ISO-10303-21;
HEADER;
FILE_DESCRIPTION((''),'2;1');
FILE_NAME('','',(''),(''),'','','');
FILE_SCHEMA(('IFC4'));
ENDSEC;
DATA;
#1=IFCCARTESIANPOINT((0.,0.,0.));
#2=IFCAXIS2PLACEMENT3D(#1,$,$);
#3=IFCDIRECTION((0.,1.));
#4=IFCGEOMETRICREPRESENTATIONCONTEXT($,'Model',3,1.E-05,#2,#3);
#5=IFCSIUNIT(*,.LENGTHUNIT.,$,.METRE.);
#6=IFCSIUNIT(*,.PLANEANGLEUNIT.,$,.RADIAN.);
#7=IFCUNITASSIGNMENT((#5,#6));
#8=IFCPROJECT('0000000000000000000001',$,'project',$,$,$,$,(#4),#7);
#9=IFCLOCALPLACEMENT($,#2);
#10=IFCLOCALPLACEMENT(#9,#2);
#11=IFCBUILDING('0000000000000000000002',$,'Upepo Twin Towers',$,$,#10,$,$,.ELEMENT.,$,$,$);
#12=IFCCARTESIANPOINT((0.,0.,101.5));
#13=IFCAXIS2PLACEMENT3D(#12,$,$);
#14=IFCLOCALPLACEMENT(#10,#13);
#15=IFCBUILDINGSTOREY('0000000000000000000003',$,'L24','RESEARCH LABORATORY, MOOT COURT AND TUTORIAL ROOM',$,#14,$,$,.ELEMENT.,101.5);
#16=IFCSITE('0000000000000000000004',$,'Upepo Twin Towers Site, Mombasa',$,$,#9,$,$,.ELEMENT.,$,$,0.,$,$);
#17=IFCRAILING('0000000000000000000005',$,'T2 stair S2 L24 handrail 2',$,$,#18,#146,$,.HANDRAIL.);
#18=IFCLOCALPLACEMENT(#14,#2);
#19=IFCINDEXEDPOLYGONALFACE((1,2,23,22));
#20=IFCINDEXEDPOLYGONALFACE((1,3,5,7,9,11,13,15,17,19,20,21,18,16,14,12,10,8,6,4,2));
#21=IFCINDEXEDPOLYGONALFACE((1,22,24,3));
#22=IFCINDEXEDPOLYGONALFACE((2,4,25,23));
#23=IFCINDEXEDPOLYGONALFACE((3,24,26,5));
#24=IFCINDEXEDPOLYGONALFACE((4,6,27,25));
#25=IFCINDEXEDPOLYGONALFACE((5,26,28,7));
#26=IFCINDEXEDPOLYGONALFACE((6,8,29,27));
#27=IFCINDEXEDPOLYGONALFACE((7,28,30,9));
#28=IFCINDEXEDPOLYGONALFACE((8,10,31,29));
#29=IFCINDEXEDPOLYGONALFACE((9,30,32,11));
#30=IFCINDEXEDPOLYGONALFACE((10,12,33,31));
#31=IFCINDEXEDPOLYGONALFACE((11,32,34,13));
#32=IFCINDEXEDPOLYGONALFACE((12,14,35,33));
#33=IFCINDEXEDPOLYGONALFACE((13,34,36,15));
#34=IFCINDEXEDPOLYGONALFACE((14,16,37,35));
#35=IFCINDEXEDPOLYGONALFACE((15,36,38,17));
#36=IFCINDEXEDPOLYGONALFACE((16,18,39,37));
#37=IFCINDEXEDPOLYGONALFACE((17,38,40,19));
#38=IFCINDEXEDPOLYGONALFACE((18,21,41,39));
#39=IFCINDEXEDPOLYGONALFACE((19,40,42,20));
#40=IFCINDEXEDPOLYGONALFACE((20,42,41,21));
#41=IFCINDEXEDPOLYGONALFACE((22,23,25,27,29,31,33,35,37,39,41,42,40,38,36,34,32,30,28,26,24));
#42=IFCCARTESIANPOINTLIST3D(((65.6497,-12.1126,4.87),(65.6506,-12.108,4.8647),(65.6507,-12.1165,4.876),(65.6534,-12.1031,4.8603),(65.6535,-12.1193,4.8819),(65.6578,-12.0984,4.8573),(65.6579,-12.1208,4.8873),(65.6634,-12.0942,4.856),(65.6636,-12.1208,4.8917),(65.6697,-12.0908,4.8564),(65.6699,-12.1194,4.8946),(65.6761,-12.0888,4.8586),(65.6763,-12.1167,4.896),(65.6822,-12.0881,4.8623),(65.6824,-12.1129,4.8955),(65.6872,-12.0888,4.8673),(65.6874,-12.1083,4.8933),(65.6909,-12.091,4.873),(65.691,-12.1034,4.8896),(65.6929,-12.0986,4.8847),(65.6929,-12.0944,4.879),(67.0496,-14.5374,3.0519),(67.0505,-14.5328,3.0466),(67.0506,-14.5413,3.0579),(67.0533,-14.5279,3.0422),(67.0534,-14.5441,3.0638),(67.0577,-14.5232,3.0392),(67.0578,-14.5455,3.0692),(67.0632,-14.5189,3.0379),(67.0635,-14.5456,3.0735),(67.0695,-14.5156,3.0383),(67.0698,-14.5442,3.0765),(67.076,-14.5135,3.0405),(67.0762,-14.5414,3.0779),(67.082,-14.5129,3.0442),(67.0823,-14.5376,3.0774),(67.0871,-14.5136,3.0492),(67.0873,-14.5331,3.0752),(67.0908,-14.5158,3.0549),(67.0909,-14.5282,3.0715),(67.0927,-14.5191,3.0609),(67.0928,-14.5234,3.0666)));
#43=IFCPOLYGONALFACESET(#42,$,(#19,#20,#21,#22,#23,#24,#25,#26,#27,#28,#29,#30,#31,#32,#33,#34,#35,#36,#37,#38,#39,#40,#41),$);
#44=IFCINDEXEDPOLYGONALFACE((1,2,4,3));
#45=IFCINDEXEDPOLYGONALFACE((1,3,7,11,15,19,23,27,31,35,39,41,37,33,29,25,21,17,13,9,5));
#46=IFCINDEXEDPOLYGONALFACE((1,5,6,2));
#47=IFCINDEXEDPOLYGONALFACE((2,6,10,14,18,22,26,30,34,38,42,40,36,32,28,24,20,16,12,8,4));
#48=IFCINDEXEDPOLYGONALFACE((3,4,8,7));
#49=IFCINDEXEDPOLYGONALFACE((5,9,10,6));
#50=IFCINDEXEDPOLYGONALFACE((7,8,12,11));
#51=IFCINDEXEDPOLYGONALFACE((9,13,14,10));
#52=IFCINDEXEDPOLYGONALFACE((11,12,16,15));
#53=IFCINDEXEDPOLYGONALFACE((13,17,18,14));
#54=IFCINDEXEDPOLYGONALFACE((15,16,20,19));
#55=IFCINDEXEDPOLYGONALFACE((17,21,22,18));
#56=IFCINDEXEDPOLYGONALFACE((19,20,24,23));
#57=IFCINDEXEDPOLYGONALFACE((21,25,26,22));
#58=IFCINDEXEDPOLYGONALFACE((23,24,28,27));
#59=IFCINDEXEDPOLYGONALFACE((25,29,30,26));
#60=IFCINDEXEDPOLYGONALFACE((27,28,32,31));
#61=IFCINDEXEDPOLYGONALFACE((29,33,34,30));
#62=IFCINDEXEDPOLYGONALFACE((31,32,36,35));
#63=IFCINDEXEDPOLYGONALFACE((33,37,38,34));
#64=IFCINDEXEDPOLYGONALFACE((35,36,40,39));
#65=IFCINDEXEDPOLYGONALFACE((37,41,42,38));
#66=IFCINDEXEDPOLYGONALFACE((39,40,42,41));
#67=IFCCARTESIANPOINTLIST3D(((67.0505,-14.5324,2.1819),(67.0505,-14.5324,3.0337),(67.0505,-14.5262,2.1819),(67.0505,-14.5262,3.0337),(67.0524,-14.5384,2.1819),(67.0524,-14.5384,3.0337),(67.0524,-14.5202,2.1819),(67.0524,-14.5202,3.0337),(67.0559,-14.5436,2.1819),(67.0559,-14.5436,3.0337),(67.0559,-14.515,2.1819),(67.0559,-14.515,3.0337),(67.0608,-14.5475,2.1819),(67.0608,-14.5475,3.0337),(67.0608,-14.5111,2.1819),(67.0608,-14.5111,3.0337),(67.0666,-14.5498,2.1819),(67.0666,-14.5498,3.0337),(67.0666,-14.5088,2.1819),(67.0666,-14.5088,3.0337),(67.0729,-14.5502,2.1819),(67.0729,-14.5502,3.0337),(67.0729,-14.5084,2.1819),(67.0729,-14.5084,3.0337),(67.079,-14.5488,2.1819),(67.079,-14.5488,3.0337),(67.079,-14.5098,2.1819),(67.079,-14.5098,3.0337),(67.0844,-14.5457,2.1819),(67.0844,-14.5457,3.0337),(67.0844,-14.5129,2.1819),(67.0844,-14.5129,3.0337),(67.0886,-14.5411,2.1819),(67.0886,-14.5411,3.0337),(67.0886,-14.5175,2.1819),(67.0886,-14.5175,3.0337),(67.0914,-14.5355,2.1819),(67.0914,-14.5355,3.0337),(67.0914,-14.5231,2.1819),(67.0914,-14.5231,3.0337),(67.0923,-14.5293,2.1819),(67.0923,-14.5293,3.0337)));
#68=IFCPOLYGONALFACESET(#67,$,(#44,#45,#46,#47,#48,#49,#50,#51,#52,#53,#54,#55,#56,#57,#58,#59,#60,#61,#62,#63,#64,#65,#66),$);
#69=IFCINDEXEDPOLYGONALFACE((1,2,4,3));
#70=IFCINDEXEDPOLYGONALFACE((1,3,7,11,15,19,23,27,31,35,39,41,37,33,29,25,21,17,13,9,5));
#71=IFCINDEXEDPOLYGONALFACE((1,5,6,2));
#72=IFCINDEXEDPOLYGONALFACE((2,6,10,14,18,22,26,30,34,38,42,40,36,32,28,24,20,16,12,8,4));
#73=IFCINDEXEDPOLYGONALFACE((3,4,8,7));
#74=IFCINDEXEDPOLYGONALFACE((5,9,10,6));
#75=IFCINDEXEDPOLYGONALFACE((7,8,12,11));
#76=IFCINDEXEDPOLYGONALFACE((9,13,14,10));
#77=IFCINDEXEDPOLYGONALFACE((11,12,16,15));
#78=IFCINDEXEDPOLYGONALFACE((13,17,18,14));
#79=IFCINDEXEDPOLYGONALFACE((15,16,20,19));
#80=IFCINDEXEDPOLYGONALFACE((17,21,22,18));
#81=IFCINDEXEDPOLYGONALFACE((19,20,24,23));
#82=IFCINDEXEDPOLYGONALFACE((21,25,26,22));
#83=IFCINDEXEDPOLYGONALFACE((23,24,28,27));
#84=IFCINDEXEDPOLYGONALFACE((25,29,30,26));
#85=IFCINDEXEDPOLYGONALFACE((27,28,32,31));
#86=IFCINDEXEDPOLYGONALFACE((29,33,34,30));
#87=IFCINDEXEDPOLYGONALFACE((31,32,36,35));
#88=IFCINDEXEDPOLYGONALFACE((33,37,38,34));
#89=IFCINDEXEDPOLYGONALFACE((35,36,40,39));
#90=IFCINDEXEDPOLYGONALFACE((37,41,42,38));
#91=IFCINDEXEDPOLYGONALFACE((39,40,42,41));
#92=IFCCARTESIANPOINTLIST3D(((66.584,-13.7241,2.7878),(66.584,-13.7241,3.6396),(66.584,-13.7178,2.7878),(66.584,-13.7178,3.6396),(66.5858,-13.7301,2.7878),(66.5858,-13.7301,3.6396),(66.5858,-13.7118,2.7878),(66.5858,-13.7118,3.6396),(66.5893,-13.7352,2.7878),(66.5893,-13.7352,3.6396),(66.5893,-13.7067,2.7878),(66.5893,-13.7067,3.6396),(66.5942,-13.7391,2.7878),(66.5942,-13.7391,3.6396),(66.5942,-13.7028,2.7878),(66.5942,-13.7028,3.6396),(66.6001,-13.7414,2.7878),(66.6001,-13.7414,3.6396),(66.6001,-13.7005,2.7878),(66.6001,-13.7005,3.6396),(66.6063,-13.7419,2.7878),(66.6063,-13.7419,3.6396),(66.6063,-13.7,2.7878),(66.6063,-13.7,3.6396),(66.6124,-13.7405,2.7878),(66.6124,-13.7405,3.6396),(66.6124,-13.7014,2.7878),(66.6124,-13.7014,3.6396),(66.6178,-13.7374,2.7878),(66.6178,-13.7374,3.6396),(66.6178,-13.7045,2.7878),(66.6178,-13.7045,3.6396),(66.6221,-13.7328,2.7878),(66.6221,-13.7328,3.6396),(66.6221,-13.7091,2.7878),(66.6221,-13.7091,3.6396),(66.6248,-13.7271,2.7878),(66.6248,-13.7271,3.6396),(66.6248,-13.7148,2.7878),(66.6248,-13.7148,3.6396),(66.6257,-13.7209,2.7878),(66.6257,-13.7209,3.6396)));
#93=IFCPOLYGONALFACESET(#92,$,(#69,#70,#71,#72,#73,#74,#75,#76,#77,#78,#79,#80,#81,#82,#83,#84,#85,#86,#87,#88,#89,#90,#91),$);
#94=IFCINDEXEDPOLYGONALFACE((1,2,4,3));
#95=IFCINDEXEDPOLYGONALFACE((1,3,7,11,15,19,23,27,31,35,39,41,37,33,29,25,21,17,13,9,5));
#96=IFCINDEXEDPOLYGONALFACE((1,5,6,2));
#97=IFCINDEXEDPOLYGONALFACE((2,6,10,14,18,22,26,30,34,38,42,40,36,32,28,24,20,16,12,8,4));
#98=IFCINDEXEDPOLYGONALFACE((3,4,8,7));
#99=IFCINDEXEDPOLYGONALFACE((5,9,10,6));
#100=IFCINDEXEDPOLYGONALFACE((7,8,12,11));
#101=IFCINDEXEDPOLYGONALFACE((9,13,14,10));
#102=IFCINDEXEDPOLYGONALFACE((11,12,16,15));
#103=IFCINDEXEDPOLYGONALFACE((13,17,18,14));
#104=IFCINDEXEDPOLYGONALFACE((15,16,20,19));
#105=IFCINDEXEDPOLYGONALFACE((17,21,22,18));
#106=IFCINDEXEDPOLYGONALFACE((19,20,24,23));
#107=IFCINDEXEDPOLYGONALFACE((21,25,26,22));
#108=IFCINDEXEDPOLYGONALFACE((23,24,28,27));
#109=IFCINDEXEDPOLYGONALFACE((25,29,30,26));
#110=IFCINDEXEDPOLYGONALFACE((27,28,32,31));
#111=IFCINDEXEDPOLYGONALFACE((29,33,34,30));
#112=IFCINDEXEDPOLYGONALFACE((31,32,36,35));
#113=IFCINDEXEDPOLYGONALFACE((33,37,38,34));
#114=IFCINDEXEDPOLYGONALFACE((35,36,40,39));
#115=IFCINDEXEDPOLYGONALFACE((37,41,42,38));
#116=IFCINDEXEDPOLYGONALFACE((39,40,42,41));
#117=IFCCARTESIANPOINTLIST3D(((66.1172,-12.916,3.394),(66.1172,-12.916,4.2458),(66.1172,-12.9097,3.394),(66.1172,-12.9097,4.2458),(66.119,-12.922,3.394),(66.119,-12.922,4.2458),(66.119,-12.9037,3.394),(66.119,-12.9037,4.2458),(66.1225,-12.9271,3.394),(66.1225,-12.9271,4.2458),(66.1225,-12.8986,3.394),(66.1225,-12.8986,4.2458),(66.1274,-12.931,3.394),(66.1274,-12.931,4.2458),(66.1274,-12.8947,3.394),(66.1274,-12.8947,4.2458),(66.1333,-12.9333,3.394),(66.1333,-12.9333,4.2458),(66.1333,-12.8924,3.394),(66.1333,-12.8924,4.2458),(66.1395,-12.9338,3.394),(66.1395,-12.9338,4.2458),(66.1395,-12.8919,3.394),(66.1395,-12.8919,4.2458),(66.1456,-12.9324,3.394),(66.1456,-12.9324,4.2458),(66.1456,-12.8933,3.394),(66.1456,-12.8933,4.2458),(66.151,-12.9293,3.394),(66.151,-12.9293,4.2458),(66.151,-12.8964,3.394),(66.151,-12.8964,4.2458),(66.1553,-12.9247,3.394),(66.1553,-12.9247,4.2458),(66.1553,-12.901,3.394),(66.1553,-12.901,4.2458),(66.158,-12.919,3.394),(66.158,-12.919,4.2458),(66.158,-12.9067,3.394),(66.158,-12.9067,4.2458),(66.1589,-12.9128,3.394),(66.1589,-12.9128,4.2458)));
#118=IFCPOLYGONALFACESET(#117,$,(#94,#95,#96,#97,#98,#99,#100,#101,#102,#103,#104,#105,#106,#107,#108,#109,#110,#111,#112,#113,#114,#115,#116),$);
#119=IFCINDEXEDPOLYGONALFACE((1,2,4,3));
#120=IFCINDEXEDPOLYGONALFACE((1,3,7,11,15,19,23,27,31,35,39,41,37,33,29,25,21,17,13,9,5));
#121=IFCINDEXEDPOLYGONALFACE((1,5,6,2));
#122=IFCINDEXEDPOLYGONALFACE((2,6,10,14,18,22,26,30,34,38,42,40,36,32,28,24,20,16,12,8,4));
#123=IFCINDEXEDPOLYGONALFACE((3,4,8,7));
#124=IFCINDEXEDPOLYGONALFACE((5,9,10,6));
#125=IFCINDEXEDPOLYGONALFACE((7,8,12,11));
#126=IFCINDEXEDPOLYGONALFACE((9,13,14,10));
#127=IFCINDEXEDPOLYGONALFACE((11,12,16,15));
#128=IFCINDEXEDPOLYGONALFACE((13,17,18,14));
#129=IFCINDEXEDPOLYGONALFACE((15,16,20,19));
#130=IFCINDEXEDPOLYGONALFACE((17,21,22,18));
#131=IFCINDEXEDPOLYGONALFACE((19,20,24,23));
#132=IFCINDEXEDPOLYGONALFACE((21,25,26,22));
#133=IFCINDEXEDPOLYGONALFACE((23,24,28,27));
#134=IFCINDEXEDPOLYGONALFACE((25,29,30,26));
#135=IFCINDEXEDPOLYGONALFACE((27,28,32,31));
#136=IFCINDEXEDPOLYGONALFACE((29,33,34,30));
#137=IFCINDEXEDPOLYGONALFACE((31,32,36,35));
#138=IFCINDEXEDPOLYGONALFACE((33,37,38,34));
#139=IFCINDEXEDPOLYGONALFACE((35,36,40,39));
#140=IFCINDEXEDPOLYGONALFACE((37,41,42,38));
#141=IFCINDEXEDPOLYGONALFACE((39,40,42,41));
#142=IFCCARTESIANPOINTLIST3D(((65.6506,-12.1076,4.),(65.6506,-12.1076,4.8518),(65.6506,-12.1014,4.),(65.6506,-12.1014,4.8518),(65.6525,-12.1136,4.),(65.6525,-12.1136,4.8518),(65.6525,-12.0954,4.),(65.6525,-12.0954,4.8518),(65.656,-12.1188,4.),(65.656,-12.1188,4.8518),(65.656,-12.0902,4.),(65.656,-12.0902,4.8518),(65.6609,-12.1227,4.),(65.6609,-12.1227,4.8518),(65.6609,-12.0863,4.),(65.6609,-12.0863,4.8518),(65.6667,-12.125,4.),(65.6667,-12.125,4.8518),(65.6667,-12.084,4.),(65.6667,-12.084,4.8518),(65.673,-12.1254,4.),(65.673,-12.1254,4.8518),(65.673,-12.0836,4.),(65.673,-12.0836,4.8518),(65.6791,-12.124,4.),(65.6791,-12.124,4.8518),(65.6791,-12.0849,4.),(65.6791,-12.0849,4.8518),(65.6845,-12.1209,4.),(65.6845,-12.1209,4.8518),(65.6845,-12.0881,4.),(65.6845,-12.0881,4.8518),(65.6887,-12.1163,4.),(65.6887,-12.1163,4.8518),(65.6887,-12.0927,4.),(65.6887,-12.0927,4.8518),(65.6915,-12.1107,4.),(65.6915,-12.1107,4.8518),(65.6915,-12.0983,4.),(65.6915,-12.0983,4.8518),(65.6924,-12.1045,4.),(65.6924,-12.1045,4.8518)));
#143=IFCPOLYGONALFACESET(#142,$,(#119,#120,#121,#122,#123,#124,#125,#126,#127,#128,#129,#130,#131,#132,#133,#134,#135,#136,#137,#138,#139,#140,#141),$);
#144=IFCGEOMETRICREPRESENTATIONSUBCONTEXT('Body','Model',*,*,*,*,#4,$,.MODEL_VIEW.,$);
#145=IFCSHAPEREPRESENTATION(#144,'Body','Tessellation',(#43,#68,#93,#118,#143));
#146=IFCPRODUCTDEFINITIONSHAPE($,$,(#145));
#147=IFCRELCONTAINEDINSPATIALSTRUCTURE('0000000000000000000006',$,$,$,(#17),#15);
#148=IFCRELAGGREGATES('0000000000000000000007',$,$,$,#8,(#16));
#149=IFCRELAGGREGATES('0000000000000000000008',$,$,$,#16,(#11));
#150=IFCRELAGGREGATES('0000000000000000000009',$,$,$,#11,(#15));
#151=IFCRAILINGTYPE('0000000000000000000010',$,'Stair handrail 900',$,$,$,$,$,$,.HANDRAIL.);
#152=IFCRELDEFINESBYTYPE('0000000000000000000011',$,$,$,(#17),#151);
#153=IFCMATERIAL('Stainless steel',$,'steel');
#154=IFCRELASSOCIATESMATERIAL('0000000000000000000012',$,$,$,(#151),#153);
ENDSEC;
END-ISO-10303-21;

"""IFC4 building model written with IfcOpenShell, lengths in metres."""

from ifc_helpers import new_model, si_unit, direction, frame, origin, origin_2d, place, context, subcontext, project, spatial, circle, extrude, material, type_object, element, save


model = new_model("IFC4")

# Units and contexts
model_context = context("Model", 3, precision=1e-05, world=origin(), true_north=direction((0.0, 1.0)))
body_context = subcontext(model_context, "Body", "Model", "MODEL_VIEW")
ifc_project = project(units=[si_unit("LENGTHUNIT", "METRE"), si_unit("PLANEANGLEUNIT", "RADIAN")], contexts=[model_context])

# Site, building, storey
site_placement = place(None, origin())
site = spatial("IfcSite", under=ifc_project, at=site_placement, Name="Upepo Twin Towers Site, Mombasa", CompositionType="ELEMENT", RefElevation=0.0)
building_placement = place(site_placement, origin())
building = spatial("IfcBuilding", under=site, at=building_placement, Name="Upepo Twin Towers", CompositionType="ELEMENT")
storey_placement = place(building_placement, frame((0.0, 0.0, 101.5)))
storey = spatial("IfcBuildingStorey", under=building, at=storey_placement, Name="L24", Description="RESEARCH LABORATORY, MOOT COURT AND TUTORIAL ROOM", CompositionType="ELEMENT", Elevation=101.5)

# Railing
ifc_material_1 = material(Name="Stainless steel", Category="steel")
railing_type = type_object("IfcRailingType", Name="Stair handrail 900", PredefinedType="HANDRAIL", material=ifc_material_1)
railing_1_placement = place(storey_placement, frame((67.0713, -14.5293, 2.1819)))
element("IfcRailing", 1, at=railing_1_placement, inside=storey, type_object=railing_type, Name="T2 stair S2 L24 handrail 2", PredefinedType="HANDRAIL", context=body_context, shape_type="SweptSolid", body=[
    extrude(circle(Radius=0.0239, at=origin_2d()), frame((0.0, 0.0, 0.876), z_axis=(-0.419333, 0.726336, 0.544606), x_axis=(-0.866035, -0.499984, 0.0)), (0.0, 0.0, 1.0), 3.3384),
    extrude(circle(Radius=0.021, at=origin_2d()), origin(), (0.0, 0.0, 1.0), 0.8518),
    extrude(circle(Radius=0.021, at=origin_2d()), frame((-0.4666, 0.8083, 0.606)), (0.0, 0.0, 1.0), 0.8518),
    extrude(circle(Radius=0.021, at=origin_2d()), frame((-0.9333, 1.6165, 1.2122)), (0.0, 0.0, 1.0), 0.8518),
    extrude(circle(Radius=0.021, at=origin_2d()), frame((-1.3999, 2.4248, 1.8181)), (0.0, 0.0, 1.0), 0.8518),
])

save(model, "model.ifc")
